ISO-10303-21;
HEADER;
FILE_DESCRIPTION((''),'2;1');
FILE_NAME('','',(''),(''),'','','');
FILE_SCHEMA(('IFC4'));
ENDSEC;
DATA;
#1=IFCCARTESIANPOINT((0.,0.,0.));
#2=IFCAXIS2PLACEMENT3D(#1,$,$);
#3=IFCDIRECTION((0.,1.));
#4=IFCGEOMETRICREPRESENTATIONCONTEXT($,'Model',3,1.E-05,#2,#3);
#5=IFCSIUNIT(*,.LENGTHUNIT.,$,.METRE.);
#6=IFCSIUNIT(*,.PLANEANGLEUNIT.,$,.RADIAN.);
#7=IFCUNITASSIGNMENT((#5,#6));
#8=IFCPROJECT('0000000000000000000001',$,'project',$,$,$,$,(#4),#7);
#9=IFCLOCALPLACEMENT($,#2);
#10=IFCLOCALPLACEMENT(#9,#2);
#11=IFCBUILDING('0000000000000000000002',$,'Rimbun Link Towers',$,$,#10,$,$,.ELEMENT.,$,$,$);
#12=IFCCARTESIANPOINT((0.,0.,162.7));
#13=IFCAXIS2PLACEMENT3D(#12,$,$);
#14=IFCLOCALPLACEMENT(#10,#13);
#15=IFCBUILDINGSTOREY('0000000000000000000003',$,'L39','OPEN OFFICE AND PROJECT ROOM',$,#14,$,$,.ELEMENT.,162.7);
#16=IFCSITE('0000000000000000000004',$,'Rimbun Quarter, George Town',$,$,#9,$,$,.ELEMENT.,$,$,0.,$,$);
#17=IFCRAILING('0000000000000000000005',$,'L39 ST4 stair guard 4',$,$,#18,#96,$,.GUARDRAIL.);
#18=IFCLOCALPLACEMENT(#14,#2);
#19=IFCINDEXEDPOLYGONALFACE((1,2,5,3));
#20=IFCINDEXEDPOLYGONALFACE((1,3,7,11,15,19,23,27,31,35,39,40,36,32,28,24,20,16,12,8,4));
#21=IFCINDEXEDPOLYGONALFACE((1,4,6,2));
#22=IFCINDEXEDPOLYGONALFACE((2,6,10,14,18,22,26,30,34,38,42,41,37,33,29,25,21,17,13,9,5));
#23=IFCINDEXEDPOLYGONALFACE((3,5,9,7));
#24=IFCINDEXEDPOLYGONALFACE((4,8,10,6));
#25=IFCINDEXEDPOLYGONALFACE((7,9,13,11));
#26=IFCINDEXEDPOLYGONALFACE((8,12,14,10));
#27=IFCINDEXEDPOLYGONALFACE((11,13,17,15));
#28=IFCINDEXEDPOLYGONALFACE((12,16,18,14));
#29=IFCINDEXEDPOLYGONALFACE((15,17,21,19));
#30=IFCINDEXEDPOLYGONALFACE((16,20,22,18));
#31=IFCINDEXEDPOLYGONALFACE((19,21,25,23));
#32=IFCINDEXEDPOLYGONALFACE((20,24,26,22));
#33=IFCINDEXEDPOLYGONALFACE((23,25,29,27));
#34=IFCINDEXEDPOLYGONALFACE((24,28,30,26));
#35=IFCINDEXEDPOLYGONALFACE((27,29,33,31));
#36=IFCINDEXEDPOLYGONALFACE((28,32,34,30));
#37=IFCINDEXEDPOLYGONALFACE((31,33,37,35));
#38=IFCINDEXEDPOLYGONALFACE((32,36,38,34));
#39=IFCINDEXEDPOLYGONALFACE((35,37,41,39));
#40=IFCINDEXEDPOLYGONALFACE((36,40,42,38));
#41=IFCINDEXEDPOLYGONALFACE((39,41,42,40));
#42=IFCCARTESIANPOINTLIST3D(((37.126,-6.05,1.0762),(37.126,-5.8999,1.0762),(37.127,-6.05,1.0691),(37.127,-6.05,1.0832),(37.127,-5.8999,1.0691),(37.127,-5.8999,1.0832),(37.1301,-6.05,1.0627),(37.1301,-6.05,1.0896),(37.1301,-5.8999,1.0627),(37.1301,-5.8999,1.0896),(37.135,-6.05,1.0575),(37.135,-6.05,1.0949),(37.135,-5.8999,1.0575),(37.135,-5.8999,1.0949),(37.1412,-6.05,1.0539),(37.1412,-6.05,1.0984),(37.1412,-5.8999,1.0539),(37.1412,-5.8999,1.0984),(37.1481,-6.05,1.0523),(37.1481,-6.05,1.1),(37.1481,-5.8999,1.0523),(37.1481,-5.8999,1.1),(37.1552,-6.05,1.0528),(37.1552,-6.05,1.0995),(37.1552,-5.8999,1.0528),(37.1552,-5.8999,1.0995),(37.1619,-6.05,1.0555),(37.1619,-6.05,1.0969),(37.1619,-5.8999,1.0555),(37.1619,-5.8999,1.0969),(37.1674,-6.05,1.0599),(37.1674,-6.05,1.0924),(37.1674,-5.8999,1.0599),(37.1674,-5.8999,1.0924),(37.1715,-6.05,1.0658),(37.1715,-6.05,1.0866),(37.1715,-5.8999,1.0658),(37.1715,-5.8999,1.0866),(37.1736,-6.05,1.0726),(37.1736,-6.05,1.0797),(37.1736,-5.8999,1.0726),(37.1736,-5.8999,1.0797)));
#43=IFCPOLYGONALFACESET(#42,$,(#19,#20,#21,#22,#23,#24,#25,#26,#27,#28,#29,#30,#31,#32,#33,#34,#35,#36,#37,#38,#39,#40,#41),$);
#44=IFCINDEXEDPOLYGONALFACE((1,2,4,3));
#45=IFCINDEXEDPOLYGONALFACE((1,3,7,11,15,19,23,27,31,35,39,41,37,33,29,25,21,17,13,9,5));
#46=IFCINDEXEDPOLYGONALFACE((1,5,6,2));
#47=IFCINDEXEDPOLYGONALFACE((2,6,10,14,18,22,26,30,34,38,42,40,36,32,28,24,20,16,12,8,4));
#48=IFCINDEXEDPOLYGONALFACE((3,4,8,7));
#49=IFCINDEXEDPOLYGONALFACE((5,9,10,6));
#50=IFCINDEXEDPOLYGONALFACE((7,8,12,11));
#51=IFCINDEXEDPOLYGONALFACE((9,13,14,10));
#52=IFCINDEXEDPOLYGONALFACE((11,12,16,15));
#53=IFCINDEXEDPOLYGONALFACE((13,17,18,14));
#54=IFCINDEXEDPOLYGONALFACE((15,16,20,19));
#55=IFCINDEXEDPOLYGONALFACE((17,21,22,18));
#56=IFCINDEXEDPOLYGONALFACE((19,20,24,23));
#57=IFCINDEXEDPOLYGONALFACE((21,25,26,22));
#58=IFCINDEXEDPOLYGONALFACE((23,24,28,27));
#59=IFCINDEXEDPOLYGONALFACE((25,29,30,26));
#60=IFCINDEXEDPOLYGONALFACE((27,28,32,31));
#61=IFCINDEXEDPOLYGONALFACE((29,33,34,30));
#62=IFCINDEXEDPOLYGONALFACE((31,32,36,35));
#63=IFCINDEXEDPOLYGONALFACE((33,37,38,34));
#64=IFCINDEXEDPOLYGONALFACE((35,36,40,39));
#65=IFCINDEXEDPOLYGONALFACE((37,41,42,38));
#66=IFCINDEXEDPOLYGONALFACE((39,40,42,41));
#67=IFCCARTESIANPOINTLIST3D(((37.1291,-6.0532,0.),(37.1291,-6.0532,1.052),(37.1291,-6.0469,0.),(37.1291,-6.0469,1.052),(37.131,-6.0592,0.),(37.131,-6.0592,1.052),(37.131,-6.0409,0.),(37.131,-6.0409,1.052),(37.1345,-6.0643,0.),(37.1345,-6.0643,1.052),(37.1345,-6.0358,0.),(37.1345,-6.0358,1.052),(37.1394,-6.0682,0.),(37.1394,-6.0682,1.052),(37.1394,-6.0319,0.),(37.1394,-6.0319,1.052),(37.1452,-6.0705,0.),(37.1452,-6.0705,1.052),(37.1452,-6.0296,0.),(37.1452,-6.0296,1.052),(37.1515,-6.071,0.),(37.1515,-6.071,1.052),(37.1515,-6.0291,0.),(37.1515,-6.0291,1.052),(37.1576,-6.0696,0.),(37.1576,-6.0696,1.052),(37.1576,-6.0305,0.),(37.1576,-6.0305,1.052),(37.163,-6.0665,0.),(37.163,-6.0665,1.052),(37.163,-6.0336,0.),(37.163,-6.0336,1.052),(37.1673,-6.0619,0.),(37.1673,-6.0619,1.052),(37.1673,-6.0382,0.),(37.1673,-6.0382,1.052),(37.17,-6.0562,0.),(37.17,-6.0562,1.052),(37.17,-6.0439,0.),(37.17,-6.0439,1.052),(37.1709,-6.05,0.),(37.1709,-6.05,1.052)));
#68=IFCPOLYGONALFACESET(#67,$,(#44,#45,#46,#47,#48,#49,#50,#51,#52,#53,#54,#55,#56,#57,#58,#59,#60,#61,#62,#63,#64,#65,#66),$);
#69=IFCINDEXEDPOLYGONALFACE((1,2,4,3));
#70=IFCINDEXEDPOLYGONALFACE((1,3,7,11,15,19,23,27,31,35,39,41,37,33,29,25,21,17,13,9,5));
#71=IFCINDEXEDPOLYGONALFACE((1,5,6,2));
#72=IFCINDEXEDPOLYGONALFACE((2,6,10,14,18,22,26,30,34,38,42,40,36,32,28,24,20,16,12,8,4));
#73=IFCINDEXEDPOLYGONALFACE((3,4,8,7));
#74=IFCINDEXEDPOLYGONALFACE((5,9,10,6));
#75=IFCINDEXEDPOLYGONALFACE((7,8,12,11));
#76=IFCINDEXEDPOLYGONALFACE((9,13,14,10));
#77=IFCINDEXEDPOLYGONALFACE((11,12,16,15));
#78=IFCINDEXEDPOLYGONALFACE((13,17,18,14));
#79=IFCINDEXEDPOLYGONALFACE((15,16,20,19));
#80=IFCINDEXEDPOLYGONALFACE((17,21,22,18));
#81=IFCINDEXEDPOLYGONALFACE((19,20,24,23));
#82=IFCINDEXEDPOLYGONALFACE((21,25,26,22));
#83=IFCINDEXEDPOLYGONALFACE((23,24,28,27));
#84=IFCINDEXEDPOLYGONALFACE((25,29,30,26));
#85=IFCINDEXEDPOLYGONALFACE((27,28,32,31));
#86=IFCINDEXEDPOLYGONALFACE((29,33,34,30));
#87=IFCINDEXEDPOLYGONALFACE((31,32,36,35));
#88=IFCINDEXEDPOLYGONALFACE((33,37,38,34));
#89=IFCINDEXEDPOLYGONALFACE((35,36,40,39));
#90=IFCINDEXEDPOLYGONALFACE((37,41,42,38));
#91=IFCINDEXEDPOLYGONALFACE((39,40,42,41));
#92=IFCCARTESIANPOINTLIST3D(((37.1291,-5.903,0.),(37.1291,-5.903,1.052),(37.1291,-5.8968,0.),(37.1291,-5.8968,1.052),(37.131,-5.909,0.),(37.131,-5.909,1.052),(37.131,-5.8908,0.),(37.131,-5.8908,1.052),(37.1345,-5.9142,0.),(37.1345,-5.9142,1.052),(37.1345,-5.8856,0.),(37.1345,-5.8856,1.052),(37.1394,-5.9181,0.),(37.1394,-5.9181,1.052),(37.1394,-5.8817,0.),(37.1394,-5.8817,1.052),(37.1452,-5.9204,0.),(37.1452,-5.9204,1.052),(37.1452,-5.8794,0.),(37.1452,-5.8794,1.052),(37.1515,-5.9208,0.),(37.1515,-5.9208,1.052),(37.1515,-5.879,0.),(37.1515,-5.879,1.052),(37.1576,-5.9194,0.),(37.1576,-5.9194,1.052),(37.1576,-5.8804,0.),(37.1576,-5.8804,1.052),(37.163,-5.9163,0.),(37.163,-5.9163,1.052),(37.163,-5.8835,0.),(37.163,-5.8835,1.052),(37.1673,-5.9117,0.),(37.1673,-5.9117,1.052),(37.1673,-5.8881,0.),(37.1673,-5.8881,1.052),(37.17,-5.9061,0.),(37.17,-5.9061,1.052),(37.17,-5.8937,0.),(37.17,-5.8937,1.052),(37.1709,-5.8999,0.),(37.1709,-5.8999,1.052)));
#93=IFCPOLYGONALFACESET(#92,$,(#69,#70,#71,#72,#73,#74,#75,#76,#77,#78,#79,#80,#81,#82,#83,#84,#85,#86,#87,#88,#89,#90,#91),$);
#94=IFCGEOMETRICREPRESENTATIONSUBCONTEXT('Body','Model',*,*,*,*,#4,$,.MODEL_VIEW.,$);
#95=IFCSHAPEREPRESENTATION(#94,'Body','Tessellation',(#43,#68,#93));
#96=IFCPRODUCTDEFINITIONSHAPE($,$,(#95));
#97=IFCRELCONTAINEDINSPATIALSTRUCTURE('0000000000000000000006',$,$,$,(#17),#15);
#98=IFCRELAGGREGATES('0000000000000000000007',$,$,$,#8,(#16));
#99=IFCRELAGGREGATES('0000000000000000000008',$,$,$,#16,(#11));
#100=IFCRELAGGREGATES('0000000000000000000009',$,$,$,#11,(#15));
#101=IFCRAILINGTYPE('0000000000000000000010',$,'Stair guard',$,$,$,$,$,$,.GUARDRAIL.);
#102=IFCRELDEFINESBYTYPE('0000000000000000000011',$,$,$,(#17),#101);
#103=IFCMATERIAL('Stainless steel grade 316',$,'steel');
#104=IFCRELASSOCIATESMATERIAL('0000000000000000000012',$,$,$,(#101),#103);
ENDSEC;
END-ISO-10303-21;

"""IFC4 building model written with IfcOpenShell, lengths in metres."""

from ifc_helpers import new_model, si_unit, direction, frame, origin, origin_2d, place, context, subcontext, project, spatial, circle, extrude, material, type_object, element, save


model = new_model("IFC4")

# Units and contexts
model_context = context("Model", 3, precision=1e-05, world=origin(), true_north=direction((0.0, 1.0)))
body_context = subcontext(model_context, "Body", "Model", "MODEL_VIEW")
ifc_project = project(units=[si_unit("LENGTHUNIT", "METRE"), si_unit("PLANEANGLEUNIT", "RADIAN")], contexts=[model_context])

# Site, building, storey
site_placement = place(None, origin())
site = spatial("IfcSite", under=ifc_project, at=site_placement, Name="Rimbun Quarter, George Town", CompositionType="ELEMENT", RefElevation=0.0)
building_placement = place(site_placement, origin())
building = spatial("IfcBuilding", under=site, at=building_placement, Name="Rimbun Link Towers", CompositionType="ELEMENT")
storey_placement = place(building_placement, frame((0.0, 0.0, 162.7)))
storey = spatial("IfcBuildingStorey", under=building, at=storey_placement, Name="L39", Description="OPEN OFFICE AND PROJECT ROOM", CompositionType="ELEMENT", Elevation=162.7)

# Railing
ifc_material_1 = material(Name="Stainless steel grade 316", Category="steel")
railing_type_1 = type_object("IfcRailingType", Name="Stair guard", PredefinedType="GUARDRAIL", material=ifc_material_1)
railing_1_placement = place(storey_placement, frame((37.1499, -6.05, 0.0)))
element("IfcRailing", 1, at=railing_1_placement, inside=storey, type_object=railing_type_1, Name="L39 ST4 stair guard 4", PredefinedType="GUARDRAIL", context=body_context, shape_type="SweptSolid", body=[
    extrude(circle(Radius=0.0239, at=origin_2d()), frame((0.0, 0.0, 1.0762), z_axis=(0.0, 1.0, 0.0), x_axis=(-1.0, 0.0, 0.0)), (0.0, 0.0, 1.0), 0.1501),
    extrude(circle(Radius=0.021, at=origin_2d()), origin(), (0.0, 0.0, 1.0), 1.052),
    extrude(circle(Radius=0.021, at=origin_2d()), frame((0.0, 0.1501, 0.0)), (0.0, 0.0, 1.0), 1.052),
])

save(model, "model.ifc")
